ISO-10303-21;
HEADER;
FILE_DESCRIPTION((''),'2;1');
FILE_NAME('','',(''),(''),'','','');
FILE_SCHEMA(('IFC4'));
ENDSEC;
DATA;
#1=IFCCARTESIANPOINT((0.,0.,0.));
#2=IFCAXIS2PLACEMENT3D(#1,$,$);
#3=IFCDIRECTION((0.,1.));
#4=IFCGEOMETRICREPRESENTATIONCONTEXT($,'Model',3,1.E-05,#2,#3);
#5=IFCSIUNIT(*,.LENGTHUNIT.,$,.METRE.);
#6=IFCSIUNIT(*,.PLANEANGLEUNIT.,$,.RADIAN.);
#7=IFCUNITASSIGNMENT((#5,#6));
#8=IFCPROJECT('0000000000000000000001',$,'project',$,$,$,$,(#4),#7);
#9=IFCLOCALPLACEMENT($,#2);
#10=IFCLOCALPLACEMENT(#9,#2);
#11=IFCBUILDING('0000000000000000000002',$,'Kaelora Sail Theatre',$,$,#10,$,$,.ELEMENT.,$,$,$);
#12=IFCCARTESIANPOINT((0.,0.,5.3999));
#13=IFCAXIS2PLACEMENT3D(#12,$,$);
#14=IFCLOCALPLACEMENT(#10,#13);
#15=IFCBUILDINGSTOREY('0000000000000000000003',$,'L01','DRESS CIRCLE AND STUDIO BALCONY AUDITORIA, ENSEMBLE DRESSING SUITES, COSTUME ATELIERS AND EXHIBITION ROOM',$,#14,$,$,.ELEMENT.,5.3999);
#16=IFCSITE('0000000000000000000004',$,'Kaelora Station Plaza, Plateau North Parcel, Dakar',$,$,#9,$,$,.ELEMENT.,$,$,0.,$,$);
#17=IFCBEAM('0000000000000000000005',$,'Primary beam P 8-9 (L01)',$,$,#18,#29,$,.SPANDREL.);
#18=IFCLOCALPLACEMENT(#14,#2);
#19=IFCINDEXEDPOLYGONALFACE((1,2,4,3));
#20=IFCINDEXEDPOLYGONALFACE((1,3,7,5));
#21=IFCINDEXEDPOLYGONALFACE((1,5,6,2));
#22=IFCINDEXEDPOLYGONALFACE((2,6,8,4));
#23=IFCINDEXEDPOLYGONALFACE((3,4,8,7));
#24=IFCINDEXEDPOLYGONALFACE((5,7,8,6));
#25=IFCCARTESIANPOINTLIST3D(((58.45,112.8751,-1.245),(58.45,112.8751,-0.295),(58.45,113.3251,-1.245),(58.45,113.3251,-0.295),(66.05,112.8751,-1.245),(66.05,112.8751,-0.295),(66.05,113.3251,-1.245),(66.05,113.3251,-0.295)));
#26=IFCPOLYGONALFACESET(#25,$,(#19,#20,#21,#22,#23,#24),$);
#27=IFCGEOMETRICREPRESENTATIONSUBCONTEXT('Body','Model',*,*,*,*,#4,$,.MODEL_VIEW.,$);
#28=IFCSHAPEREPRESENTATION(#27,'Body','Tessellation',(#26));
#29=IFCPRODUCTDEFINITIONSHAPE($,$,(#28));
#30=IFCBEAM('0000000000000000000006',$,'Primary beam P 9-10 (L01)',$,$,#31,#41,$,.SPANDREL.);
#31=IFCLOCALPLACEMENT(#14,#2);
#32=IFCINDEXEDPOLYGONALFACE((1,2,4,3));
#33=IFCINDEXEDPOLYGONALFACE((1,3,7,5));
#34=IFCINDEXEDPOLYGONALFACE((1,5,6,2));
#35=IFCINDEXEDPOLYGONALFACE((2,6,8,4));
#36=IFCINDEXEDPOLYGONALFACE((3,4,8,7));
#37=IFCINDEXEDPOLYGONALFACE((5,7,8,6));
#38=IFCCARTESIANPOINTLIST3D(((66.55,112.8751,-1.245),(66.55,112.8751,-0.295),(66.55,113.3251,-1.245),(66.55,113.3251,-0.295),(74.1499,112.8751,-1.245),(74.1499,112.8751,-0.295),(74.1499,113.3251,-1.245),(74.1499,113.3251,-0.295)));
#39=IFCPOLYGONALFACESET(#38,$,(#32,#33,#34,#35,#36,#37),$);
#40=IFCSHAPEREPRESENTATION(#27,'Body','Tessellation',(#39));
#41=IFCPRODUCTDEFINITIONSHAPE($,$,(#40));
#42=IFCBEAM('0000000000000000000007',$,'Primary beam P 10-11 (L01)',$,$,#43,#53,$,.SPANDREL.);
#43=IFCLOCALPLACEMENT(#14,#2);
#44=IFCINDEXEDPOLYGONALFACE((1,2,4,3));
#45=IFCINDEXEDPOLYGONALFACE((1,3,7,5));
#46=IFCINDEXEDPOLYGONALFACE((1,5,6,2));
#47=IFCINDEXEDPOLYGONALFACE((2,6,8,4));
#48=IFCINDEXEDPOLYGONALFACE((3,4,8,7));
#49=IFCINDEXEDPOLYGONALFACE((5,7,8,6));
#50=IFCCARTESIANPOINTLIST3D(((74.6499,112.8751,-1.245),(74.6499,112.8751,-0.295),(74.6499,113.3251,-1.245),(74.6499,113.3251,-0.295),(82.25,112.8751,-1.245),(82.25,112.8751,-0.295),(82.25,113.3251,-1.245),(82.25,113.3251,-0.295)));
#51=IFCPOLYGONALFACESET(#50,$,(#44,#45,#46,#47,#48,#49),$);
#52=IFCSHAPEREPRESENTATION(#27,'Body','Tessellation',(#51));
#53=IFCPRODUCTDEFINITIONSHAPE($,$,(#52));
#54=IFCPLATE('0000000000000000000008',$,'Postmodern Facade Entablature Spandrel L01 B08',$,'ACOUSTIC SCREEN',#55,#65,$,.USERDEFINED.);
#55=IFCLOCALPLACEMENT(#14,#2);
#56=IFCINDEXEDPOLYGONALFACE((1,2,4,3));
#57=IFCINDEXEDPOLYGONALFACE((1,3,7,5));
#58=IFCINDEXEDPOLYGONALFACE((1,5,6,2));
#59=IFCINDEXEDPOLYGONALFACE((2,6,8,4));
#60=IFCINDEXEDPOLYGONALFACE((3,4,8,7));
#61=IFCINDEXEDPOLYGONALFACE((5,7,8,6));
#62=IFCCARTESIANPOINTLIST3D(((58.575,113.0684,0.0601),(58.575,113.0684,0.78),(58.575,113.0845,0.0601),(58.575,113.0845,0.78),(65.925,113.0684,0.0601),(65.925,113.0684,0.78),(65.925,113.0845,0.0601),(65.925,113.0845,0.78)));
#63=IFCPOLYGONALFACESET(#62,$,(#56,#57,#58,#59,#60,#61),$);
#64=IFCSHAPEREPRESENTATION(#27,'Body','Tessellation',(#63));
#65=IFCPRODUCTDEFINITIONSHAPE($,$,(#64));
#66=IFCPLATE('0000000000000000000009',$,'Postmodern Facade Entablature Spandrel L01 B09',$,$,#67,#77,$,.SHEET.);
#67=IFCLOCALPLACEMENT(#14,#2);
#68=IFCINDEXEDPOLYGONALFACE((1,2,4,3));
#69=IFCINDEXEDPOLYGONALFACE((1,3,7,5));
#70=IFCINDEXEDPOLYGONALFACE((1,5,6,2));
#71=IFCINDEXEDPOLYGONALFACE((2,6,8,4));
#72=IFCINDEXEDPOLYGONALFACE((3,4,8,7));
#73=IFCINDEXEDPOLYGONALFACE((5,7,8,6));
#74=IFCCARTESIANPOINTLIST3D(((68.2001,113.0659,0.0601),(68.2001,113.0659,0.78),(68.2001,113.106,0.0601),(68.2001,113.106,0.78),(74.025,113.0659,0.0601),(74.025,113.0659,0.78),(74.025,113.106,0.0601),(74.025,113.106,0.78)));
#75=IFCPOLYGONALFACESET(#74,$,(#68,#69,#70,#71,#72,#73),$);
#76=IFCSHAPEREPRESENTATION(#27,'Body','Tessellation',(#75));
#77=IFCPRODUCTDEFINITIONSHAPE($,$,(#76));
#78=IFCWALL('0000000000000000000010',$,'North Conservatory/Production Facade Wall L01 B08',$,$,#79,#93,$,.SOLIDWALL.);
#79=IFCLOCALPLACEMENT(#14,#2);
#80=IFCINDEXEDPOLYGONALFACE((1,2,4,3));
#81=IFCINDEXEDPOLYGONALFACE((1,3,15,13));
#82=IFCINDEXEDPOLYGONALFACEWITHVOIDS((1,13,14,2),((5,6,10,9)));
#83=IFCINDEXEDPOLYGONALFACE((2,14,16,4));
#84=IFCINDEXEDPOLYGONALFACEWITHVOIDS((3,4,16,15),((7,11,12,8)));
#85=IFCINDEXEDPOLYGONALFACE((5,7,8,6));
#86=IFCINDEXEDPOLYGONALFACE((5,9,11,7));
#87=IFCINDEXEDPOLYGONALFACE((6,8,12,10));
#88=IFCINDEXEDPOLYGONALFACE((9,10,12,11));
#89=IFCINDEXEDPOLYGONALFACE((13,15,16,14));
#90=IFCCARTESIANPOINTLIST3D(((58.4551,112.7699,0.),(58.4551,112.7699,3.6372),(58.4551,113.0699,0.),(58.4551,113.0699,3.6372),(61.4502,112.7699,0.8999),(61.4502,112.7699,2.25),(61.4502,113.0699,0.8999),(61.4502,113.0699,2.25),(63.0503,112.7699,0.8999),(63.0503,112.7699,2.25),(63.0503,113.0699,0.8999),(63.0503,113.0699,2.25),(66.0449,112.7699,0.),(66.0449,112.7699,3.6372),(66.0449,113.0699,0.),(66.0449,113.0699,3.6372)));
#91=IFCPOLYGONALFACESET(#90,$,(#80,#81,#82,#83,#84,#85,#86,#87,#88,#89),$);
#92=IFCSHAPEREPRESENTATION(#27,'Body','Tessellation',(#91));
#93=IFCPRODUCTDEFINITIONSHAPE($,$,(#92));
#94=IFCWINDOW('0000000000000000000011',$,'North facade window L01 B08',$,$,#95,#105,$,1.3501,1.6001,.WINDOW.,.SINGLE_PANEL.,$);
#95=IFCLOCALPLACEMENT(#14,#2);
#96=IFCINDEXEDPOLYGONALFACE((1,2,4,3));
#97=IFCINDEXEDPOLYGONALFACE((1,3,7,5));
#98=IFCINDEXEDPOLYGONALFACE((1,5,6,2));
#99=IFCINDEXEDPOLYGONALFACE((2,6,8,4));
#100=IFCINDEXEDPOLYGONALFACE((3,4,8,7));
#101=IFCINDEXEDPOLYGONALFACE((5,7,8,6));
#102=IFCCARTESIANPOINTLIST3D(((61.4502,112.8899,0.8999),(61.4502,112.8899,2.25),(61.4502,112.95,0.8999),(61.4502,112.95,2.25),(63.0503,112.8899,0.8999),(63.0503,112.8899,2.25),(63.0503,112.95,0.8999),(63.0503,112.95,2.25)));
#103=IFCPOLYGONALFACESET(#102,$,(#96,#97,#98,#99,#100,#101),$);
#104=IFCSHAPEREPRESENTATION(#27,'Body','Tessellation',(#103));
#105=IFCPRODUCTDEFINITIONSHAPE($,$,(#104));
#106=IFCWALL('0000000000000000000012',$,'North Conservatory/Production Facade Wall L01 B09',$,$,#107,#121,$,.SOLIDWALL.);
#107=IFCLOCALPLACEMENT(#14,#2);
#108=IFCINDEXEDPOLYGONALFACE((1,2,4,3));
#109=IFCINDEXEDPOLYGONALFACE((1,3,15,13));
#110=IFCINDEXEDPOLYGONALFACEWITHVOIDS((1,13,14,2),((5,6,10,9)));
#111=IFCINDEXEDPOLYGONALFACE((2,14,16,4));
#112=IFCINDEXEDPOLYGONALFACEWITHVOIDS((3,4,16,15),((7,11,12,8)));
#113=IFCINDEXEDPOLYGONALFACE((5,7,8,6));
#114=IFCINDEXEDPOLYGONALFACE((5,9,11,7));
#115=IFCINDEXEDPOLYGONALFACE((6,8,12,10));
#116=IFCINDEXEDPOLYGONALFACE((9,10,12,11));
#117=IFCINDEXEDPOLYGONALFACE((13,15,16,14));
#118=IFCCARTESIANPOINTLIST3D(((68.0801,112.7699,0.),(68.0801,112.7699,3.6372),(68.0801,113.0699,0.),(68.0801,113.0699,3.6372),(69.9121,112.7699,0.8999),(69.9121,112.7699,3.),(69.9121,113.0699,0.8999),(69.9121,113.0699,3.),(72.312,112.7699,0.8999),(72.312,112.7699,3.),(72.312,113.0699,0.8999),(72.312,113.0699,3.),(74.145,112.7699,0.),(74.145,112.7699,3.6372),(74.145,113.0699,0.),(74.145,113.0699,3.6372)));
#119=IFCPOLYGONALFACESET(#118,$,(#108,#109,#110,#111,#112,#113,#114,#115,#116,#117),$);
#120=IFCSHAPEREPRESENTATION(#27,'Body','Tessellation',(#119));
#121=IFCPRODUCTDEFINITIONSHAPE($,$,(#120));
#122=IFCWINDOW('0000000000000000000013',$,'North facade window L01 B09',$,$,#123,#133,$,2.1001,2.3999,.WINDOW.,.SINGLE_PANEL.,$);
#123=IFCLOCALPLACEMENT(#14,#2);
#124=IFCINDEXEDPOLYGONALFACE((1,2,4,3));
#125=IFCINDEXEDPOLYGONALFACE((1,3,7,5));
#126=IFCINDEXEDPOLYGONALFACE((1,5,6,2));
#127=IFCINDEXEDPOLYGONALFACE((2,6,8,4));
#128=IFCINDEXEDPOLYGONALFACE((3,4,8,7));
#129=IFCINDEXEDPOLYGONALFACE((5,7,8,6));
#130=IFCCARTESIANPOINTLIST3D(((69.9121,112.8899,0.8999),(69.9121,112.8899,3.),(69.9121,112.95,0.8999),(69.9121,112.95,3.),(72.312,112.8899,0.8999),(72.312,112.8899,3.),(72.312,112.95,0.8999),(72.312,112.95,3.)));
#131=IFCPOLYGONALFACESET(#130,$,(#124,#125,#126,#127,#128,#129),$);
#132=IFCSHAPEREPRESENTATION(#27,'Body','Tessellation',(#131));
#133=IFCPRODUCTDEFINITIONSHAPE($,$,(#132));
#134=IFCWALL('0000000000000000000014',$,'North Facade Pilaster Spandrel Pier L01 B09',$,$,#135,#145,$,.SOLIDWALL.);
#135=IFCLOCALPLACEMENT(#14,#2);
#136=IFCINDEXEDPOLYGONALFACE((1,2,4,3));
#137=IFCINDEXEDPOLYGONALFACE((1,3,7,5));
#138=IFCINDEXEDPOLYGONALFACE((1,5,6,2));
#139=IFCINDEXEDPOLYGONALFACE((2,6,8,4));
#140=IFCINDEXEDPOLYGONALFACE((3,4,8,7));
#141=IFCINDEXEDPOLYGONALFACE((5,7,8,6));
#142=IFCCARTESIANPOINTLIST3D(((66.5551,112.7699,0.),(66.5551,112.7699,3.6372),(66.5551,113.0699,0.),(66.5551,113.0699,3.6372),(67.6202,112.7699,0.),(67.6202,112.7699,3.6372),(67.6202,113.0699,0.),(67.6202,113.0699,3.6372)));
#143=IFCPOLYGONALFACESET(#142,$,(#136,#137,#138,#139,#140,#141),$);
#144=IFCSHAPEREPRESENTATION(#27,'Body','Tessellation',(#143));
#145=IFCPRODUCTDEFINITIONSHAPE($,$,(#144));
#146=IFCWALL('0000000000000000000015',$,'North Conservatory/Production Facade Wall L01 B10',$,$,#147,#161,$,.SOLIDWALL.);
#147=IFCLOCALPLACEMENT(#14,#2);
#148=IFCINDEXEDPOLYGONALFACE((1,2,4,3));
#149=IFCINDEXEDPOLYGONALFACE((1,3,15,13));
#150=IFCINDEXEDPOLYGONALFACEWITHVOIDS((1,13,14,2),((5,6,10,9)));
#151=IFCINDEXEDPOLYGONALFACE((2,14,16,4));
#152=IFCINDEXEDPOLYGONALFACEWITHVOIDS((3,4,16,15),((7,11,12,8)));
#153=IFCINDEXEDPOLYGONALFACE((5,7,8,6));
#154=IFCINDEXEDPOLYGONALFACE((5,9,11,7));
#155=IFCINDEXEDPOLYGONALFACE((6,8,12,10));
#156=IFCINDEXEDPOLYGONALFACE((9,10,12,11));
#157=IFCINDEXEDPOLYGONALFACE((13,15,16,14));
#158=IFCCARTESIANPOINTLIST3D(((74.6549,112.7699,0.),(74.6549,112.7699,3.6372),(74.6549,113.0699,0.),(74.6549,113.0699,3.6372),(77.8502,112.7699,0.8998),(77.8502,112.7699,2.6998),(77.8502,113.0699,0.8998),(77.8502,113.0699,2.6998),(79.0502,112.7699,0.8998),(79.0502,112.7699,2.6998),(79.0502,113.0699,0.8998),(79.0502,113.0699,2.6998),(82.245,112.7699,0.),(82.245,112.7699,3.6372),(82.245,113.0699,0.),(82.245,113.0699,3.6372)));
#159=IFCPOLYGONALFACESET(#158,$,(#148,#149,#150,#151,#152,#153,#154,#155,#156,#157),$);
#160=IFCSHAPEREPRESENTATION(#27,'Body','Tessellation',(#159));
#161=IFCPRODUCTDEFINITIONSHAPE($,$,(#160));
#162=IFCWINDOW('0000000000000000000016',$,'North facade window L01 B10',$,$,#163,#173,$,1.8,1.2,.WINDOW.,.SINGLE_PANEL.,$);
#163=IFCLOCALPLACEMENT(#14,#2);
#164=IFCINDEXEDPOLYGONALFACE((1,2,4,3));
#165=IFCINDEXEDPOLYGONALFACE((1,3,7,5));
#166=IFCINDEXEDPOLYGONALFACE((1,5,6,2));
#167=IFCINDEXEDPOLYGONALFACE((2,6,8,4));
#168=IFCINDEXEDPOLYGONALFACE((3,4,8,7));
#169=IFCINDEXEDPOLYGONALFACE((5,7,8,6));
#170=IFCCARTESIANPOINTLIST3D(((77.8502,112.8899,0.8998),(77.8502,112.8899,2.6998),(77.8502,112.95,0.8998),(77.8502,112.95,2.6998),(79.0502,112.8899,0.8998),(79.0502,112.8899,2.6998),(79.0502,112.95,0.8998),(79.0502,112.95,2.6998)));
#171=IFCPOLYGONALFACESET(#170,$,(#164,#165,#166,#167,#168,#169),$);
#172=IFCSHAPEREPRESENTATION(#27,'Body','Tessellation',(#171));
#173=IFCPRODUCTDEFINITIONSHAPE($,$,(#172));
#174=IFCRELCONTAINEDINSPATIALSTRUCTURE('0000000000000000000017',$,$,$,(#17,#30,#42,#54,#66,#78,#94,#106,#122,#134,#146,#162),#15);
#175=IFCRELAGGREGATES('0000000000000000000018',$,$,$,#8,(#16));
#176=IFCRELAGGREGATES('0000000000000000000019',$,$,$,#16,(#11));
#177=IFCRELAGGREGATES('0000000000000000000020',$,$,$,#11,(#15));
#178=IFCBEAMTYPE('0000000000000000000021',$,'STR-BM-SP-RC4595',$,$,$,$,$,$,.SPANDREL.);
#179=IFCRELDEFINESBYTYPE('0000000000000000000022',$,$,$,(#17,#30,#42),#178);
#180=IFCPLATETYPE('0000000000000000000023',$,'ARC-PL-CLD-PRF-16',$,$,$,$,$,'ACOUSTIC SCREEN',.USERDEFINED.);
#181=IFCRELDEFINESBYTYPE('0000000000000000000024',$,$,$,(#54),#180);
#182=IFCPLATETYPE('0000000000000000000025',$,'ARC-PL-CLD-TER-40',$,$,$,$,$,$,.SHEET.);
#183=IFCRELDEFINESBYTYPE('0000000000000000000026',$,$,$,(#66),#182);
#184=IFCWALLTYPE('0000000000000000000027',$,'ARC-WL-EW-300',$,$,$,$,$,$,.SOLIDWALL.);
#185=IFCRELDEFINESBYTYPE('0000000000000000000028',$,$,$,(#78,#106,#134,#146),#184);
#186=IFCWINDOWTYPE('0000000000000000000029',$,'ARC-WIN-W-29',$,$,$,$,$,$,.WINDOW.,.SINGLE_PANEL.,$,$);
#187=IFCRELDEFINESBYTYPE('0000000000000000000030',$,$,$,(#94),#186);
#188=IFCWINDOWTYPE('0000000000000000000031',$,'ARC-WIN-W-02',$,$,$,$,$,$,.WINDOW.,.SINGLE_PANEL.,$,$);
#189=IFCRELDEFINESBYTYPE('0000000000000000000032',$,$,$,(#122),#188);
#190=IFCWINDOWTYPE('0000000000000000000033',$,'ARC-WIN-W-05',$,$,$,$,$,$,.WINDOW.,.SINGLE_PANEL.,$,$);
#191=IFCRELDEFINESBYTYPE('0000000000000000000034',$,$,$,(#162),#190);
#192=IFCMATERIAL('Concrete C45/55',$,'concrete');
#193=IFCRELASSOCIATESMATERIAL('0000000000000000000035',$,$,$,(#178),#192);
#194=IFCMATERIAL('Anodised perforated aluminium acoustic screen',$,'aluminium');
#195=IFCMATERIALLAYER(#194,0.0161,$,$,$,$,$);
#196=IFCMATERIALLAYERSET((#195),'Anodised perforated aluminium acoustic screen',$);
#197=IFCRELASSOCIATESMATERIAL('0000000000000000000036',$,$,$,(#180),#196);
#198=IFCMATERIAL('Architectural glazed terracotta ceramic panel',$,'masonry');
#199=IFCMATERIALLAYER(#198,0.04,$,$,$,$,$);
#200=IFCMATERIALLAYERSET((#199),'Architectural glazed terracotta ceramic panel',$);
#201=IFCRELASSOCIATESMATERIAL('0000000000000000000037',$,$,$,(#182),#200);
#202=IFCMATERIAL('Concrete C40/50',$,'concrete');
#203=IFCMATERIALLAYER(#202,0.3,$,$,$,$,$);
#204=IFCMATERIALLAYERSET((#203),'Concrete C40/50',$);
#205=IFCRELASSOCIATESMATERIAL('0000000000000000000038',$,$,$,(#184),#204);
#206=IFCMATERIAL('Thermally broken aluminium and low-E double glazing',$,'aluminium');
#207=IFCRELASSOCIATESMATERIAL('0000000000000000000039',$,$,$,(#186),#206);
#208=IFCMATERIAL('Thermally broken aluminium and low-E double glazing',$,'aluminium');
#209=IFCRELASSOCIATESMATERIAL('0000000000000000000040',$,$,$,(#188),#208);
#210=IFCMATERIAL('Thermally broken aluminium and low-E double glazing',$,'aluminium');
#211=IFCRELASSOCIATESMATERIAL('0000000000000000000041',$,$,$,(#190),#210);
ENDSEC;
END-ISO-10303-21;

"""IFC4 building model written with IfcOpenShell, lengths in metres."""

from ifc_helpers import new_model, si_unit, direction, frame, frame_2d, origin, origin_2d, place, context, subcontext, project, spatial, rectangle, extrude, material, layer, layer_set, material_profile, profile_set, type_object, element, fill, save


model = new_model("IFC4")

# Units and contexts
model_context = context("Model", 3, precision=1e-05, world=origin(), true_north=direction((0.0, 1.0)))
body_context = subcontext(model_context, "Body", "Model", "MODEL_VIEW")
ifc_project = project(units=[si_unit("LENGTHUNIT", "METRE"), si_unit("PLANEANGLEUNIT", "RADIAN")], contexts=[model_context])

# Site, building, storey
site_placement = place(None, origin())
site = spatial("IfcSite", under=ifc_project, at=site_placement, Name="Kaelora Station Plaza, Plateau North Parcel, Dakar", CompositionType="ELEMENT", RefElevation=0.0)
building_placement = place(site_placement, origin())
building = spatial("IfcBuilding", under=site, at=building_placement, Name="Kaelora Sail Theatre", CompositionType="ELEMENT")
storey_placement = place(building_placement, frame((0.0, 0.0, 5.3999)))
storey = spatial("IfcBuildingStorey", under=building, at=storey_placement, Name="L01", Description="DRESS CIRCLE AND STUDIO BALCONY AUDITORIA, ENSEMBLE DRESSING SUITES, COSTUME ATELIERS AND EXHIBITION ROOM", CompositionType="ELEMENT", Elevation=5.3999)

# Beams
ifc_material_1 = material(Name="Concrete C45/55", Category="concrete")
ifc_material_profile_1 = material_profile(ifc_material_1, rectangle(XDim=0.45, YDim=0.95, at=origin_2d()), Name="RC-SPN 450x950")
ifc_profile_set_1 = profile_set([ifc_material_profile_1], Name="Concrete C45/55")
beam_type_1 = type_object("IfcBeamType", Name="STR-BM-SP-RC4595", PredefinedType="SPANDREL", material=ifc_profile_set_1)
beam_1_placement = place(storey_placement, frame((58.45, 113.1001, -0.77), z_axis=(1.0, 0.0, 0.0), x_axis=(0.0, 1.0, 0.0)))
element("IfcBeam", 1, at=beam_1_placement, inside=storey, type_object=beam_type_1, Name="Primary beam P 8-9 (L01)", PredefinedType="SPANDREL", context=body_context, shape_type="SweptSolid", body=[
    extrude(rectangle(XDim=0.45, YDim=0.95, at=origin_2d()), origin(), (0.0, 0.0, 1.0), 7.6001),
])
beam_2_placement = place(storey_placement, frame((66.55, 113.1001, -0.77), z_axis=(1.0, 0.0, 0.0), x_axis=(0.0, 1.0, 0.0)))
element("IfcBeam", 2, at=beam_2_placement, inside=storey, type_object=beam_type_1, Name="Primary beam P 9-10 (L01)", PredefinedType="SPANDREL", context=body_context, shape_type="SweptSolid", body=[
    extrude(rectangle(XDim=0.45, YDim=0.95, at=origin_2d()), origin(), (0.0, 0.0, 1.0), 7.5999),
])
beam_3_placement = place(storey_placement, frame((74.6499, 113.1001, -0.77), z_axis=(1.0, 0.0, 0.0), x_axis=(0.0, 1.0, 0.0)))
element("IfcBeam", 3, at=beam_3_placement, inside=storey, type_object=beam_type_1, Name="Primary beam P 10-11 (L01)", PredefinedType="SPANDREL", context=body_context, shape_type="SweptSolid", body=[
    extrude(rectangle(XDim=0.45, YDim=0.95, at=origin_2d()), origin(), (0.0, 0.0, 1.0), 7.6001),
])

# Plates
ifc_material_2 = material(Name="Anodised perforated aluminium acoustic screen", Category="aluminium")
ifc_layer_1 = layer(ifc_material_2, 0.0161)
ifc_layer_set_1 = layer_set([ifc_layer_1], Name="Anodised perforated aluminium acoustic screen")
plate_type_1 = type_object("IfcPlateType", Name="ARC-PL-CLD-PRF-16", ElementType="ACOUSTIC SCREEN", PredefinedType="USERDEFINED", material=ifc_layer_set_1)
plate_1_placement = place(storey_placement, frame((62.25, 113.0764, 0.0601), z_axis=(0.0, 0.0, 1.0), x_axis=(1.0, 0.0, 0.0)))
element("IfcPlate", 4, at=plate_1_placement, inside=storey, type_object=plate_type_1, Name="Postmodern Facade Entablature Spandrel L01 B08", ObjectType="ACOUSTIC SCREEN", PredefinedType="USERDEFINED", context=body_context, shape_type="SweptSolid", body=[
    extrude(rectangle(XDim=7.3501, YDim=0.0161, at=origin_2d()), origin(), (0.0, 0.0, 1.0), 0.72),
])
ifc_material_3 = material(Name="Architectural glazed terracotta ceramic panel", Category="masonry")
ifc_layer_2 = layer(ifc_material_3, 0.04)
ifc_layer_set_2 = layer_set([ifc_layer_2], Name="Architectural glazed terracotta ceramic panel")
plate_type_2 = type_object("IfcPlateType", Name="ARC-PL-CLD-TER-40", PredefinedType="SHEET", material=ifc_layer_set_2)
plate_2_placement = place(storey_placement, frame((71.1125, 113.0859, 0.0601), z_axis=(0.0, 0.0, 1.0), x_axis=(1.0, 0.0, 0.0)))
element("IfcPlate", 5, at=plate_2_placement, inside=storey, type_object=plate_type_2, Name="Postmodern Facade Entablature Spandrel L01 B09", PredefinedType="SHEET", context=body_context, shape_type="SweptSolid", body=[
    extrude(rectangle(XDim=5.825, YDim=0.04, at=origin_2d()), origin(), (0.0, 0.0, 1.0), 0.72),
])

# Walls, openings, windows
ifc_material_4 = material(Name="Concrete C40/50", Category="concrete")
ifc_layer_3 = layer(ifc_material_4, 0.3)
ifc_layer_set_3 = layer_set([ifc_layer_3], Name="Concrete C40/50")
wall_type_1 = type_object("IfcWallType", Name="ARC-WL-EW-300", PredefinedType="SOLIDWALL", material=ifc_layer_set_3)
wall_1_placement = place(storey_placement, frame((58.4551, 112.9199, 0.0), z_axis=(0.0, 0.0, 1.0), x_axis=(1.0, 0.0, 0.0)))
wall_1 = element("IfcWall", 6, at=wall_1_placement, inside=storey, type_object=wall_type_1, Name="North Conservatory/Production Facade Wall L01 B08", PredefinedType="SOLIDWALL", context=body_context, shape_type="SweptSolid", body=[
    extrude(rectangle(XDim=7.5898, YDim=0.3, at=frame_2d((3.7949, 0.0))), origin(), (0.0, 0.0, 1.0), 3.6372),
])
opening_1_placement = place(wall_1_placement, frame((2.9951, 0.0, 0.8999)))
opening_1 = element("IfcOpeningElement", 7, at=opening_1_placement, cuts=wall_1, PredefinedType="OPENING", context=body_context, shape_type="SweptSolid", body=[
    extrude(rectangle(XDim=1.6001, YDim=1.3501, at=frame_2d((0.8, 0.675))), frame((0.0, 0.1599, 0.0), z_axis=(0.0, -1.0, 0.0), x_axis=(1.0, 0.0, 0.0)), (0.0, 0.0, 1.0), 0.32),
])
ifc_material_5 = material(Name="Thermally broken aluminium and low-E double glazing", Category="aluminium")
window_type_1 = type_object("IfcWindowType", Name="ARC-WIN-W-29", PartitioningType="SINGLE_PANEL", PredefinedType="WINDOW", material=ifc_material_5)
window_1_placement = place(opening_1_placement, origin())
window_1 = element("IfcWindow", 8, at=window_1_placement, inside=storey, type_object=window_type_1, Name="North facade window L01 B08", OverallHeight=1.3501, OverallWidth=1.6001, PartitioningType="SINGLE_PANEL", PredefinedType="WINDOW", context=body_context, shape_type="SweptSolid", body=[
    extrude(rectangle(XDim=1.6001, YDim=1.3501, at=frame_2d((0.8, 0.675))), frame((0.0, 0.03, 0.0), z_axis=(0.0, -1.0, 0.0), x_axis=(1.0, 0.0, 0.0)), (0.0, 0.0, 1.0), 0.0601),
])
fill(opening_1, window_1)
wall_2_placement = place(storey_placement, frame((68.0801, 112.9199, 0.0), z_axis=(0.0, 0.0, 1.0), x_axis=(1.0, 0.0, 0.0)))
wall_2 = element("IfcWall", 9, at=wall_2_placement, inside=storey, type_object=wall_type_1, Name="North Conservatory/Production Facade Wall L01 B09", PredefinedType="SOLIDWALL", context=body_context, shape_type="SweptSolid", body=[
    extrude(rectangle(XDim=6.0649, YDim=0.3, at=frame_2d((3.0325, 0.0))), origin(), (0.0, 0.0, 1.0), 3.6372),
])
opening_2_placement = place(wall_2_placement, frame((1.832, 0.0, 0.8999)))
opening_2 = element("IfcOpeningElement", 10, at=opening_2_placement, cuts=wall_2, PredefinedType="OPENING", context=body_context, shape_type="SweptSolid", body=[
    extrude(rectangle(XDim=2.3999, YDim=2.1001, at=frame_2d((1.2, 1.05))), frame((0.0, 0.1599, 0.0), z_axis=(0.0, -1.0, 0.0), x_axis=(1.0, 0.0, 0.0)), (0.0, 0.0, 1.0), 0.32),
])
ifc_material_6 = material(Name="Thermally broken aluminium and low-E double glazing", Category="aluminium")
window_type_2 = type_object("IfcWindowType", Name="ARC-WIN-W-02", PartitioningType="SINGLE_PANEL", PredefinedType="WINDOW", material=ifc_material_6)
window_2_placement = place(opening_2_placement, origin())
window_2 = element("IfcWindow", 11, at=window_2_placement, inside=storey, type_object=window_type_2, Name="North facade window L01 B09", OverallHeight=2.1001, OverallWidth=2.3999, PartitioningType="SINGLE_PANEL", PredefinedType="WINDOW", context=body_context, shape_type="SweptSolid", body=[
    extrude(rectangle(XDim=2.3999, YDim=2.1001, at=frame_2d((1.2, 1.05))), frame((0.0, 0.03, 0.0), z_axis=(0.0, -1.0, 0.0), x_axis=(1.0, 0.0, 0.0)), (0.0, 0.0, 1.0), 0.0601),
])
fill(opening_2, window_2)

# Wall
wall_3_placement = place(storey_placement, frame((66.5549, 112.9199, 0.0), z_axis=(0.0, 0.0, 1.0), x_axis=(1.0, 0.0, 0.0)))
element("IfcWall", 12, at=wall_3_placement, inside=storey, type_object=wall_type_1, Name="North Facade Pilaster Spandrel Pier L01 B09", PredefinedType="SOLIDWALL", context=body_context, shape_type="SweptSolid", body=[
    extrude(rectangle(XDim=1.0652, YDim=0.3, at=frame_2d((0.5327, 0.0))), origin(), (0.0, 0.0, 1.0), 3.6372),
])

# Wall, opening, window
wall_4_placement = place(storey_placement, frame((74.655, 112.9199, 0.0), z_axis=(0.0, 0.0, 1.0), x_axis=(1.0, 0.0, 0.0)))
wall_4 = element("IfcWall", 13, at=wall_4_placement, inside=storey, type_object=wall_type_1, Name="North Conservatory/Production Facade Wall L01 B10", PredefinedType="SOLIDWALL", context=body_context, shape_type="SweptSolid", body=[
    extrude(rectangle(XDim=7.5901, YDim=0.3, at=frame_2d((3.7949, 0.0))), origin(), (0.0, 0.0, 1.0), 3.6372),
])
opening_3_placement = place(wall_4_placement, frame((3.1951, 0.0, 0.8999)))
opening_3 = element("IfcOpeningElement", 14, at=opening_3_placement, cuts=wall_4, PredefinedType="OPENING", context=body_context, shape_type="SweptSolid", body=[
    extrude(rectangle(XDim=1.2, YDim=1.8, at=frame_2d((0.6001, 0.8999))), frame((0.0, 0.1599, 0.0), z_axis=(0.0, -1.0, 0.0), x_axis=(1.0, 0.0, 0.0)), (0.0, 0.0, 1.0), 0.32),
])
ifc_material_7 = material(Name="Thermally broken aluminium and low-E double glazing", Category="aluminium")
window_type_3 = type_object("IfcWindowType", Name="ARC-WIN-W-05", PartitioningType="SINGLE_PANEL", PredefinedType="WINDOW", material=ifc_material_7)
window_3_placement = place(opening_3_placement, origin())
window_3 = element("IfcWindow", 15, at=window_3_placement, inside=storey, type_object=window_type_3, Name="North facade window L01 B10", OverallHeight=1.8, OverallWidth=1.2, PartitioningType="SINGLE_PANEL", PredefinedType="WINDOW", context=body_context, shape_type="SweptSolid", body=[
    extrude(rectangle(XDim=1.2, YDim=1.8, at=frame_2d((0.6001, 0.8999))), frame((0.0, 0.03, 0.0), z_axis=(0.0, -1.0, 0.0), x_axis=(1.0, 0.0, 0.0)), (0.0, 0.0, 1.0), 0.0601),
])
fill(opening_3, window_3)

save(model, "model.ifc")
